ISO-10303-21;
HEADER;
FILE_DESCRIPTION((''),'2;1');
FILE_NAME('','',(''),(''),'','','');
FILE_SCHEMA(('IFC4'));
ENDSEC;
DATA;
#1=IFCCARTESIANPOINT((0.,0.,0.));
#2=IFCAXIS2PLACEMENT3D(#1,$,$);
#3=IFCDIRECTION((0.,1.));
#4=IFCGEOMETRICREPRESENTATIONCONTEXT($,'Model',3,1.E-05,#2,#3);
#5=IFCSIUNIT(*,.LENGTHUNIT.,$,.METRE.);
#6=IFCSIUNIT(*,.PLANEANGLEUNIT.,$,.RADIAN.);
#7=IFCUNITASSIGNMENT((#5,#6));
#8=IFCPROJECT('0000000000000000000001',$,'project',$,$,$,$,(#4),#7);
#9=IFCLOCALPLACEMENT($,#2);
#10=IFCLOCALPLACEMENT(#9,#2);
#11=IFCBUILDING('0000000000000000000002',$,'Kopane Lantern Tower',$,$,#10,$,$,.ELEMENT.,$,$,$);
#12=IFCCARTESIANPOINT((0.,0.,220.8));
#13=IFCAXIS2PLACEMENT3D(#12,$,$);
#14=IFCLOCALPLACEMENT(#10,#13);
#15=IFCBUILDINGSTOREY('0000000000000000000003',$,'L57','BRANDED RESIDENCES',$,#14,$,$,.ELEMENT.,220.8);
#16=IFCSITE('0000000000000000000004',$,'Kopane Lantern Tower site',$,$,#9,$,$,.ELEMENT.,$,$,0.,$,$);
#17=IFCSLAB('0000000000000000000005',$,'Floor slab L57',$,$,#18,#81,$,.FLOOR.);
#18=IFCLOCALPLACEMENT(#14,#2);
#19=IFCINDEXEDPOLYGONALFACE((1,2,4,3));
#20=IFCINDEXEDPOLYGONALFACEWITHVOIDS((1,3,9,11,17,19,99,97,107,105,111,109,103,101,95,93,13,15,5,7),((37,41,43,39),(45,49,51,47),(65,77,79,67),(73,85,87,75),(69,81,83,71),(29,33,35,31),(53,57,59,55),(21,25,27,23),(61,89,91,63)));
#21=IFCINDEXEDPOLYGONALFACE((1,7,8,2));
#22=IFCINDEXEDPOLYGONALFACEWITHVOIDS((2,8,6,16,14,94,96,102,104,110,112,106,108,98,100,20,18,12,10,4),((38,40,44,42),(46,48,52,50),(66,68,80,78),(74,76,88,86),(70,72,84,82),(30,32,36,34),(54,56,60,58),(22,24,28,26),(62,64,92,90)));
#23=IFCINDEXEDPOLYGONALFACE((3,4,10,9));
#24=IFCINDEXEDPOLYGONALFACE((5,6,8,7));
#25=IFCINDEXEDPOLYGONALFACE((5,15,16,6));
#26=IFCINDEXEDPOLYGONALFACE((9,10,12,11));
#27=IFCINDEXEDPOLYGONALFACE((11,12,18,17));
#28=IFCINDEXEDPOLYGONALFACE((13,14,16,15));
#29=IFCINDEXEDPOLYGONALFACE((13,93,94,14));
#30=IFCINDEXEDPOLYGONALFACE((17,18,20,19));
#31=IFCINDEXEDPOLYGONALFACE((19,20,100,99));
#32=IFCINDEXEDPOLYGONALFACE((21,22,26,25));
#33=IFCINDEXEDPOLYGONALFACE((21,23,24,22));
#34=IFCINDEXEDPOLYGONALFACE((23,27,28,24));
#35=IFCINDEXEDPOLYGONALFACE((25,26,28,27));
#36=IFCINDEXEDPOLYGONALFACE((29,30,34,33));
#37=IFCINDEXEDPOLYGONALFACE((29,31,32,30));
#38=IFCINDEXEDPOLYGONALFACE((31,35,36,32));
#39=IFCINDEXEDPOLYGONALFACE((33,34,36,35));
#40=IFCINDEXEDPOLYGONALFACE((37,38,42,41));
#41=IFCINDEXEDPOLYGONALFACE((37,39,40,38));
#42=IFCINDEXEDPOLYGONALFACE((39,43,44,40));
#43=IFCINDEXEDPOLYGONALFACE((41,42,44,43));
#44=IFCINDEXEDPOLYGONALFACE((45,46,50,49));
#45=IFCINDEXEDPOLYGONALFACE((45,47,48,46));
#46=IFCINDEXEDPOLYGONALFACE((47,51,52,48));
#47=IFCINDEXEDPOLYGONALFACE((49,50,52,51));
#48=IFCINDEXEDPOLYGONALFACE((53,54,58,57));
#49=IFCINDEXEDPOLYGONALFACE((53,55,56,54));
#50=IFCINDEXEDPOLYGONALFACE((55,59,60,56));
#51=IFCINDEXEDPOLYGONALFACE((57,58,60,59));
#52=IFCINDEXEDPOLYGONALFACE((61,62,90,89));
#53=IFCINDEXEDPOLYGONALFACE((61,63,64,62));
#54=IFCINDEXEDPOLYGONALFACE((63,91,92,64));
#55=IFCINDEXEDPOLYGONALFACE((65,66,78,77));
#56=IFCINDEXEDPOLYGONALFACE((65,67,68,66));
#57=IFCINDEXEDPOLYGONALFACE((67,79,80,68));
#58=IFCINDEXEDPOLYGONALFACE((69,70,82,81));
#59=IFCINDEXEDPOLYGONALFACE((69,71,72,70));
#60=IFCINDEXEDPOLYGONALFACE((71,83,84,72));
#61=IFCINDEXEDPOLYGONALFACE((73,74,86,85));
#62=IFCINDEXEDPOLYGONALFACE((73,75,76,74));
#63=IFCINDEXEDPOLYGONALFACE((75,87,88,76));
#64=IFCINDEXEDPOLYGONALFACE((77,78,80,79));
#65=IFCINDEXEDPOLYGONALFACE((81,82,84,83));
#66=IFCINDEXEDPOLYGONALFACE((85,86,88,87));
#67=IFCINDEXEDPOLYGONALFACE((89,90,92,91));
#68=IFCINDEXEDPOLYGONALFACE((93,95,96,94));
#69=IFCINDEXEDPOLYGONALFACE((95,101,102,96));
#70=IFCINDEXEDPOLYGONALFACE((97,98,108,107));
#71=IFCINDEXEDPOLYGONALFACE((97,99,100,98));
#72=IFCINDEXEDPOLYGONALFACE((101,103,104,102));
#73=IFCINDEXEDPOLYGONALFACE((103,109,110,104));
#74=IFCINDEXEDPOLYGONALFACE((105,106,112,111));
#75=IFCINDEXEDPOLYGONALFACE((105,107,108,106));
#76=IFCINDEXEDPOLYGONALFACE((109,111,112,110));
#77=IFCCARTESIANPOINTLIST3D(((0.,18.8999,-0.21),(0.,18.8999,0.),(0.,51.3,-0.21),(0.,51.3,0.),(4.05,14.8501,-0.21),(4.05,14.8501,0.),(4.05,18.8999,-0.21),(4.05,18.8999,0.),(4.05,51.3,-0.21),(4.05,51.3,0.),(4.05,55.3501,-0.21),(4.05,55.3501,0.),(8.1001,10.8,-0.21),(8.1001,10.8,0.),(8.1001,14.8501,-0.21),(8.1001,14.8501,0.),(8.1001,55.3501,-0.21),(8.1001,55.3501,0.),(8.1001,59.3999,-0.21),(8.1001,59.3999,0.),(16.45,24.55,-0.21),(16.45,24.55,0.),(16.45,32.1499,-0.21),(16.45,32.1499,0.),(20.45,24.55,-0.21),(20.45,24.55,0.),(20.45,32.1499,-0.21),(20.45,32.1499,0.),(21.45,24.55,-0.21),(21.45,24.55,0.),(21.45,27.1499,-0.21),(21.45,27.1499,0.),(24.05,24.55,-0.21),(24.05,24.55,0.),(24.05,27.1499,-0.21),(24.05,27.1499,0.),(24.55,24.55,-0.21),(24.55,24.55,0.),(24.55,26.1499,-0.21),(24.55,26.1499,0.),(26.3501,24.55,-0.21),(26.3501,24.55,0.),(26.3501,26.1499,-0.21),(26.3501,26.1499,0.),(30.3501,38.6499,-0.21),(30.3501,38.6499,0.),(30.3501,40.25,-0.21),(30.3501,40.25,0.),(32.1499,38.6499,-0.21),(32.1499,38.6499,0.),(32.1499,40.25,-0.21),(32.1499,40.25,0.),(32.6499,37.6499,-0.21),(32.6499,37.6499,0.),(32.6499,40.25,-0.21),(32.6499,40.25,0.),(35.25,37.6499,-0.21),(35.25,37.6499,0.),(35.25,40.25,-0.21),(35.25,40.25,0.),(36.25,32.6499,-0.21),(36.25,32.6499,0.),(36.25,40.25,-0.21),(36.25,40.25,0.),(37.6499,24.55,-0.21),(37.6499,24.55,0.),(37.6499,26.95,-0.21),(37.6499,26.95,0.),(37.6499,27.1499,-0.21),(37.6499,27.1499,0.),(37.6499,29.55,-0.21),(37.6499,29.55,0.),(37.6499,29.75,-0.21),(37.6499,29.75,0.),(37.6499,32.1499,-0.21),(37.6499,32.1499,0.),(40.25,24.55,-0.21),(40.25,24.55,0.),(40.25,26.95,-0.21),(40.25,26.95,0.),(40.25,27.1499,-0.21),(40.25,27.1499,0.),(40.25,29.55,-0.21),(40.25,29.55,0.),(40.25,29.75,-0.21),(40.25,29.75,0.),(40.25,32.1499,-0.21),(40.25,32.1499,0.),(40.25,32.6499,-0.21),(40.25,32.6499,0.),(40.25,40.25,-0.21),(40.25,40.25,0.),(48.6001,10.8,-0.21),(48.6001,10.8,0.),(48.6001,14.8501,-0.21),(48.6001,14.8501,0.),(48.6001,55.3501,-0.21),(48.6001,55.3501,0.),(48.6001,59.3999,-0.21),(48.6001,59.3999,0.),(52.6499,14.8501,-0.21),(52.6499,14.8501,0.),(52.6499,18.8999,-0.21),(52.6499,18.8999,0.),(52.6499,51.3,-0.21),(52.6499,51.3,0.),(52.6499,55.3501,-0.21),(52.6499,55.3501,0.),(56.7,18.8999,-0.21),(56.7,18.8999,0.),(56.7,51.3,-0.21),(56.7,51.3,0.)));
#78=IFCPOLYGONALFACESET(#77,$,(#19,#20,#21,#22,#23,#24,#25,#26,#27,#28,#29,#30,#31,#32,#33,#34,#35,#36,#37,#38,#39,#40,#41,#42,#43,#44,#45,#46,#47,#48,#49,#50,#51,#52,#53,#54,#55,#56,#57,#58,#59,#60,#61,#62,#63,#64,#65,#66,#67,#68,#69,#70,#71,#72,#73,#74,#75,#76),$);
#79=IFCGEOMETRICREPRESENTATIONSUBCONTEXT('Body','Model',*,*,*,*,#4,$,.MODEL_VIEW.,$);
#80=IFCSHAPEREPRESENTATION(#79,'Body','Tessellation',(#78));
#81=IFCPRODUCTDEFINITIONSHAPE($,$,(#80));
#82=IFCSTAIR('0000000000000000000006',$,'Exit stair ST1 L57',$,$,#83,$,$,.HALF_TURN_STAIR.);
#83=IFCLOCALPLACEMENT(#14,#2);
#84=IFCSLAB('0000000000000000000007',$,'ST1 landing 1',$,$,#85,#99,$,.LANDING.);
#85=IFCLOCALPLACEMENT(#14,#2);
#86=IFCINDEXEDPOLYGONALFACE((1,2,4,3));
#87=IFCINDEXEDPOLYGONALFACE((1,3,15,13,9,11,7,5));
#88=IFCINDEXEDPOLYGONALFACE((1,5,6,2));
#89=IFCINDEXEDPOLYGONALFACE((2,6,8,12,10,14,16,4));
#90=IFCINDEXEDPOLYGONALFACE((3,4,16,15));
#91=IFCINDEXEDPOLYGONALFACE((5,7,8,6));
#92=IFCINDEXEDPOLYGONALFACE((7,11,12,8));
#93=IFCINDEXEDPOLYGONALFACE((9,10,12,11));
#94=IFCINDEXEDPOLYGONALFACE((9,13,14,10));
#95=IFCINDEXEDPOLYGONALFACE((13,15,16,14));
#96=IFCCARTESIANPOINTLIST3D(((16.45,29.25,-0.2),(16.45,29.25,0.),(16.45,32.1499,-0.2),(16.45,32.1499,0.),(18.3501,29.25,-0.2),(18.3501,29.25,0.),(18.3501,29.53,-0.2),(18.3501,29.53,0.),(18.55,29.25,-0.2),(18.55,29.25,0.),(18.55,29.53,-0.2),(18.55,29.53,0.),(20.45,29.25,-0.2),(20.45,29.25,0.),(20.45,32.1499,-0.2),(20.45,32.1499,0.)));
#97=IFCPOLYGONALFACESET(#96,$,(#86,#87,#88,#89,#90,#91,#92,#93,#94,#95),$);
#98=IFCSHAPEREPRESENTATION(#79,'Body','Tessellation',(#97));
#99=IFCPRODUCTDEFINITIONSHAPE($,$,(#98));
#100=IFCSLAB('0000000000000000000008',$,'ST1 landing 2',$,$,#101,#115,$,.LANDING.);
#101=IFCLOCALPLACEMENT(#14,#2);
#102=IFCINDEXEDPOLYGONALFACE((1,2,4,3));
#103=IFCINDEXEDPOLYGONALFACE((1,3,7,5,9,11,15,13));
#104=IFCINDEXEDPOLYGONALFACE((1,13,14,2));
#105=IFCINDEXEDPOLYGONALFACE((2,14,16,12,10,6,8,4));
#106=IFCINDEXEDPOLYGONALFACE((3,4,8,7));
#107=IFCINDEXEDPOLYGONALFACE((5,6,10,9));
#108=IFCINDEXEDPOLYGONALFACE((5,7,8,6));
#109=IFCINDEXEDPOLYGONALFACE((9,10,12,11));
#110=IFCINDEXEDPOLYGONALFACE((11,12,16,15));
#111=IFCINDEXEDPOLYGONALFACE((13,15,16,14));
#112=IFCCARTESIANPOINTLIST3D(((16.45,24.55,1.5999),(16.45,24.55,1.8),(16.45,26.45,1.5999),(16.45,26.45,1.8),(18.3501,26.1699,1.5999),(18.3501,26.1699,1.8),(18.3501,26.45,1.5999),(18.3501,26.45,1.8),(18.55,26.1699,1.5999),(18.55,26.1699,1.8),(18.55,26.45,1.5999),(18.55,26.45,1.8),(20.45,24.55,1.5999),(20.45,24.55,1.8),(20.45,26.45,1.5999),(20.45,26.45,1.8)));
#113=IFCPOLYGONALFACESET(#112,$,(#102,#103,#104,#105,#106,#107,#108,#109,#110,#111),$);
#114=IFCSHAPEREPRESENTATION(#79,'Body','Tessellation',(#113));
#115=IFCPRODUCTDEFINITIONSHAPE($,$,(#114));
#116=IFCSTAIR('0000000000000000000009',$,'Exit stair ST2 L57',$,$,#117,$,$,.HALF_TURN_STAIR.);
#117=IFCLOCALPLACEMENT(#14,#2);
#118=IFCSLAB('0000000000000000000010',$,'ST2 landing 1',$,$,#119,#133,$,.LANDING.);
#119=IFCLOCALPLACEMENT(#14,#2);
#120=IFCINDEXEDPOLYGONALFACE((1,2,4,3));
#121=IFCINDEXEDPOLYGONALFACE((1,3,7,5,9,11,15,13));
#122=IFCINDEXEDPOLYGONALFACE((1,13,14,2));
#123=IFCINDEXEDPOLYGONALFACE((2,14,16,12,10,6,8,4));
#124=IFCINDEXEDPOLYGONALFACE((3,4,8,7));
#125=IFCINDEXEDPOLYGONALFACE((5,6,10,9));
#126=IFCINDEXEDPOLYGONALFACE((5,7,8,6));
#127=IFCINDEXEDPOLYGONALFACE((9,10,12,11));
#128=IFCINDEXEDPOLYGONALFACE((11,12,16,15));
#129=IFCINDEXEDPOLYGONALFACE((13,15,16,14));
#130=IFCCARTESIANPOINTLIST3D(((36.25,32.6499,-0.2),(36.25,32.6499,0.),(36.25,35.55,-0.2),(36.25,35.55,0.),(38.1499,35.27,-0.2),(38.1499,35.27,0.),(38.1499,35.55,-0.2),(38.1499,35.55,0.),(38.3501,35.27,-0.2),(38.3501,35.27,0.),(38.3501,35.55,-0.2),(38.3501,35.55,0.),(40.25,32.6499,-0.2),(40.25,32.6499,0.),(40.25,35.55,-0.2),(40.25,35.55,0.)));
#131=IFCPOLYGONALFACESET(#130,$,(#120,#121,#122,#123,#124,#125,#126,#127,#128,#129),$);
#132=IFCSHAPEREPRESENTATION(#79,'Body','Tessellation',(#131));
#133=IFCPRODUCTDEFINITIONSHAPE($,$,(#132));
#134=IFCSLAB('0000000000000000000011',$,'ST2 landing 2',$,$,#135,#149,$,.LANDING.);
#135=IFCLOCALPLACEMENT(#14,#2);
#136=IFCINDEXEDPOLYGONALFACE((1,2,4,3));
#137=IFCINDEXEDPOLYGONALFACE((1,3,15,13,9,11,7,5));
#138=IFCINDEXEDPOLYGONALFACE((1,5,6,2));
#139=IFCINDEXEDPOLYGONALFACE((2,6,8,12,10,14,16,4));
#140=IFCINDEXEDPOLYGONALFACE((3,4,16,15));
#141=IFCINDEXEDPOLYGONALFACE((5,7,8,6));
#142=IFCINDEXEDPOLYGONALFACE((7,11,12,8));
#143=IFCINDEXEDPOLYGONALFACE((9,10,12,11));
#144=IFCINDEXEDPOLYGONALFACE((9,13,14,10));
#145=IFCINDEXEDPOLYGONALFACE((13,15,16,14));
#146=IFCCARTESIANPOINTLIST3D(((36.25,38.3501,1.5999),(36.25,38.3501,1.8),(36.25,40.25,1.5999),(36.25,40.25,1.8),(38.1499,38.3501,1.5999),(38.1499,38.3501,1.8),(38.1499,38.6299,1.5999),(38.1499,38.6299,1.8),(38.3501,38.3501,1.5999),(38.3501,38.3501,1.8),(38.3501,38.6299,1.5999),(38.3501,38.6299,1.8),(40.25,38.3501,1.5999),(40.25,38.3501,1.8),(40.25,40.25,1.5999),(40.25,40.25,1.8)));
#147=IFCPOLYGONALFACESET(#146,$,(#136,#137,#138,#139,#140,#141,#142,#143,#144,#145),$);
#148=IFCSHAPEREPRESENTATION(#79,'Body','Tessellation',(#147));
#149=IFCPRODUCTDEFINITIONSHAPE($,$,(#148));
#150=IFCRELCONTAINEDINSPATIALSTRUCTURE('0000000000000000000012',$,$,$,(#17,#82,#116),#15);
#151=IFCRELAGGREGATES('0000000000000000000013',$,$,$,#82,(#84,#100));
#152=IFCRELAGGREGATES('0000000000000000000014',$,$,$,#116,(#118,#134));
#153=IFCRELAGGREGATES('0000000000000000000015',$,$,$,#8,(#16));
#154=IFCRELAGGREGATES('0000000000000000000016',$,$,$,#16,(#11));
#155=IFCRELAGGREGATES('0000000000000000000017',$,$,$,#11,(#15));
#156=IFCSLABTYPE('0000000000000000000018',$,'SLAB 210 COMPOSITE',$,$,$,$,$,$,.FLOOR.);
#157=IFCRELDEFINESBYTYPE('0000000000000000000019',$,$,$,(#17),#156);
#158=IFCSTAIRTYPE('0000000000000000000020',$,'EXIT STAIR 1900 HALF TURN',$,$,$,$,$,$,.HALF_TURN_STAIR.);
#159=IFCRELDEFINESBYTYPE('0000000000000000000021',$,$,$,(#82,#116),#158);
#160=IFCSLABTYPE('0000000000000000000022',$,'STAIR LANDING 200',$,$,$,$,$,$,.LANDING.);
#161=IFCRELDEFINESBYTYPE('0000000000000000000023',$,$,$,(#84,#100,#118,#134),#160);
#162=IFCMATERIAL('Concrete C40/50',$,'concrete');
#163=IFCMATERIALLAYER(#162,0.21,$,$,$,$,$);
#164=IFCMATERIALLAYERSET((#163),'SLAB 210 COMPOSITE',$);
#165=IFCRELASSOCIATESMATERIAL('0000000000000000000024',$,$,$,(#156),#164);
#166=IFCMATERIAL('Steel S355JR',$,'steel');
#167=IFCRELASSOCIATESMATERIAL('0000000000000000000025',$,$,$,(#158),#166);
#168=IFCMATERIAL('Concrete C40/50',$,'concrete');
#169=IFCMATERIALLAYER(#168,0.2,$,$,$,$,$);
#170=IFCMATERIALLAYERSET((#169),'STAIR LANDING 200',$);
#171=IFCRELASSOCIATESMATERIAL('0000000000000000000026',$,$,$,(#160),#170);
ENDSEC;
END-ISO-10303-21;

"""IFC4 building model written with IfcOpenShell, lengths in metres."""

from ifc_helpers import new_model, si_unit, direction, frame, origin, place, context, subcontext, project, spatial, polyline, outline, extrude, material, layer, layer_set, type_object, element, aggregate, save


model = new_model("IFC4")

# Units and contexts
model_context = context("Model", 3, precision=1e-05, world=origin(), true_north=direction((0.0, 1.0)))
body_context = subcontext(model_context, "Body", "Model", "MODEL_VIEW")
ifc_project = project(units=[si_unit("LENGTHUNIT", "METRE"), si_unit("PLANEANGLEUNIT", "RADIAN")], contexts=[model_context])

# Site, building, storey
site_placement = place(None, origin())
site = spatial("IfcSite", under=ifc_project, at=site_placement, Name="Kopane Lantern Tower site", CompositionType="ELEMENT", RefElevation=0.0)
building_placement = place(site_placement, origin())
building = spatial("IfcBuilding", under=site, at=building_placement, Name="Kopane Lantern Tower", CompositionType="ELEMENT")
storey_placement = place(building_placement, frame((0.0, 0.0, 220.8)))
storey = spatial("IfcBuildingStorey", under=building, at=storey_placement, Name="L57", Description="BRANDED RESIDENCES", CompositionType="ELEMENT", Elevation=220.8)

# Slab
ifc_material_1 = material(Name="Concrete C40/50", Category="concrete")
ifc_layer_1 = layer(ifc_material_1, 0.21)
ifc_layer_set_1 = layer_set([ifc_layer_1], Name="SLAB 210 COMPOSITE")
slab_type_1 = type_object("IfcSlabType", Name="SLAB 210 COMPOSITE", PredefinedType="FLOOR", material=ifc_layer_set_1)
slab_1_placement = place(storey_placement, frame((0.0, 0.0, -0.21)))
element("IfcSlab", 1, at=slab_1_placement, inside=storey, type_object=slab_type_1, Name="Floor slab L57", PredefinedType="FLOOR", context=body_context, shape_type="SweptSolid", body=[
    extrude(outline(polyline([(8.1001, 10.8), (48.6001, 10.8), (48.6001, 14.8501), (52.6499, 14.8501), (52.6499, 18.8999), (56.7, 18.8999), (56.7, 51.3), (52.6499, 51.3), (52.6499, 55.3501), (48.6001, 55.3501), (48.6001, 59.3999), (8.1001, 59.3999), (8.1001, 55.3501), (4.05, 55.3501), (4.05, 51.3), (0.0, 51.3), (0.0, 18.8999), (4.05, 18.8999), (4.05, 14.8501), (8.1001, 14.8501), (8.1001, 10.8)]), holes=[polyline([(16.45, 24.55), (20.45, 24.55), (20.45, 32.1499), (16.45, 32.1499), (16.45, 24.55)]), polyline([(36.25, 32.6499), (40.25, 32.6499), (40.25, 40.25), (36.25, 40.25), (36.25, 32.6499)]), polyline([(37.6499, 24.55), (40.25, 24.55), (40.25, 26.95), (37.6499, 26.95), (37.6499, 24.55)]), polyline([(37.6499, 27.1499), (40.25, 27.1499), (40.25, 29.55), (37.6499, 29.55), (37.6499, 27.1499)]), polyline([(37.6499, 29.75), (40.25, 29.75), (40.25, 32.1499), (37.6499, 32.1499), (37.6499, 29.75)]), polyline([(21.45, 24.55), (24.05, 24.55), (24.05, 27.1499), (21.45, 27.1499), (21.45, 24.55)]), polyline([(32.6499, 37.6499), (35.25, 37.6499), (35.25, 40.25), (32.6499, 40.25), (32.6499, 37.6499)]), polyline([(24.55, 24.55), (26.3501, 24.55), (26.3501, 26.1499), (24.55, 26.1499), (24.55, 24.55)]), polyline([(30.3501, 38.6499), (32.1499, 38.6499), (32.1499, 40.25), (30.3501, 40.25), (30.3501, 38.6499)])]), origin(), (0.0, 0.0, 1.0), 0.21),
])

# Stairs, slabs
ifc_material_2 = material(Name="Steel S355JR", Category="steel")
stair_type = type_object("IfcStairType", Name="EXIT STAIR 1900 HALF TURN", PredefinedType="HALF_TURN_STAIR", material=ifc_material_2)
stair_1_placement = place(storey_placement, origin())
stair_1 = element("IfcStair", 2, at=stair_1_placement, inside=storey, type_object=stair_type, Name="Exit stair ST1 L57", PredefinedType="HALF_TURN_STAIR")
ifc_material_3 = material(Name="Concrete C40/50", Category="concrete")
ifc_layer_2 = layer(ifc_material_3, 0.2)
ifc_layer_set_2 = layer_set([ifc_layer_2], Name="STAIR LANDING 200")
slab_type_2 = type_object("IfcSlabType", Name="STAIR LANDING 200", PredefinedType="LANDING", material=ifc_layer_set_2)
slab_2_placement = place(storey_placement, frame((0.0, 0.0, -0.2)))
slab_2 = element("IfcSlab", 3, at=slab_2_placement, type_object=slab_type_2, Name="ST1 landing 1", PredefinedType="LANDING", context=body_context, shape_type="SweptSolid", body=[
    extrude(outline(polyline([(18.3501, 29.53), (18.55, 29.53), (18.55, 29.25), (20.45, 29.25), (20.45, 32.1499), (16.45, 32.1499), (16.45, 29.25), (18.3501, 29.25), (18.3501, 29.53)])), origin(), (0.0, 0.0, 1.0), 0.2),
])
slab_3_placement = place(storey_placement, frame((0.0, 0.0, 1.5999)))
slab_3 = element("IfcSlab", 4, at=slab_3_placement, type_object=slab_type_2, Name="ST1 landing 2", PredefinedType="LANDING", context=body_context, shape_type="SweptSolid", body=[
    extrude(outline(polyline([(20.45, 26.45), (18.55, 26.45), (18.55, 26.1699), (18.3501, 26.1699), (18.3501, 26.45), (16.45, 26.45), (16.45, 24.55), (20.45, 24.55), (20.45, 26.45)])), origin(), (0.0, 0.0, 1.0), 0.2002),
])
aggregate(stair_1, [slab_2, slab_3])
stair_2_placement = place(storey_placement, origin())
stair_2 = element("IfcStair", 5, at=stair_2_placement, inside=storey, type_object=stair_type, Name="Exit stair ST2 L57", PredefinedType="HALF_TURN_STAIR")
slab_4_placement = place(storey_placement, frame((0.0, 0.0, -0.2)))
slab_4 = element("IfcSlab", 6, at=slab_4_placement, type_object=slab_type_2, Name="ST2 landing 1", PredefinedType="LANDING", context=body_context, shape_type="SweptSolid", body=[
    extrude(outline(polyline([(40.25, 35.55), (38.3501, 35.55), (38.3501, 35.27), (38.1499, 35.27), (38.1499, 35.55), (36.25, 35.55), (36.25, 32.6499), (40.25, 32.6499), (40.25, 35.55)])), origin(), (0.0, 0.0, 1.0), 0.2),
])
slab_5_placement = place(storey_placement, frame((0.0, 0.0, 1.5999)))
slab_5 = element("IfcSlab", 7, at=slab_5_placement, type_object=slab_type_2, Name="ST2 landing 2", PredefinedType="LANDING", context=body_context, shape_type="SweptSolid", body=[
    extrude(outline(polyline([(38.1499, 38.6299), (38.3501, 38.6299), (38.3501, 38.3501), (40.25, 38.3501), (40.25, 40.25), (36.25, 40.25), (36.25, 38.3501), (38.1499, 38.3501), (38.1499, 38.6299)])), origin(), (0.0, 0.0, 1.0), 0.2002),
])
aggregate(stair_2, [slab_4, slab_5])

save(model, "model.ifc")
